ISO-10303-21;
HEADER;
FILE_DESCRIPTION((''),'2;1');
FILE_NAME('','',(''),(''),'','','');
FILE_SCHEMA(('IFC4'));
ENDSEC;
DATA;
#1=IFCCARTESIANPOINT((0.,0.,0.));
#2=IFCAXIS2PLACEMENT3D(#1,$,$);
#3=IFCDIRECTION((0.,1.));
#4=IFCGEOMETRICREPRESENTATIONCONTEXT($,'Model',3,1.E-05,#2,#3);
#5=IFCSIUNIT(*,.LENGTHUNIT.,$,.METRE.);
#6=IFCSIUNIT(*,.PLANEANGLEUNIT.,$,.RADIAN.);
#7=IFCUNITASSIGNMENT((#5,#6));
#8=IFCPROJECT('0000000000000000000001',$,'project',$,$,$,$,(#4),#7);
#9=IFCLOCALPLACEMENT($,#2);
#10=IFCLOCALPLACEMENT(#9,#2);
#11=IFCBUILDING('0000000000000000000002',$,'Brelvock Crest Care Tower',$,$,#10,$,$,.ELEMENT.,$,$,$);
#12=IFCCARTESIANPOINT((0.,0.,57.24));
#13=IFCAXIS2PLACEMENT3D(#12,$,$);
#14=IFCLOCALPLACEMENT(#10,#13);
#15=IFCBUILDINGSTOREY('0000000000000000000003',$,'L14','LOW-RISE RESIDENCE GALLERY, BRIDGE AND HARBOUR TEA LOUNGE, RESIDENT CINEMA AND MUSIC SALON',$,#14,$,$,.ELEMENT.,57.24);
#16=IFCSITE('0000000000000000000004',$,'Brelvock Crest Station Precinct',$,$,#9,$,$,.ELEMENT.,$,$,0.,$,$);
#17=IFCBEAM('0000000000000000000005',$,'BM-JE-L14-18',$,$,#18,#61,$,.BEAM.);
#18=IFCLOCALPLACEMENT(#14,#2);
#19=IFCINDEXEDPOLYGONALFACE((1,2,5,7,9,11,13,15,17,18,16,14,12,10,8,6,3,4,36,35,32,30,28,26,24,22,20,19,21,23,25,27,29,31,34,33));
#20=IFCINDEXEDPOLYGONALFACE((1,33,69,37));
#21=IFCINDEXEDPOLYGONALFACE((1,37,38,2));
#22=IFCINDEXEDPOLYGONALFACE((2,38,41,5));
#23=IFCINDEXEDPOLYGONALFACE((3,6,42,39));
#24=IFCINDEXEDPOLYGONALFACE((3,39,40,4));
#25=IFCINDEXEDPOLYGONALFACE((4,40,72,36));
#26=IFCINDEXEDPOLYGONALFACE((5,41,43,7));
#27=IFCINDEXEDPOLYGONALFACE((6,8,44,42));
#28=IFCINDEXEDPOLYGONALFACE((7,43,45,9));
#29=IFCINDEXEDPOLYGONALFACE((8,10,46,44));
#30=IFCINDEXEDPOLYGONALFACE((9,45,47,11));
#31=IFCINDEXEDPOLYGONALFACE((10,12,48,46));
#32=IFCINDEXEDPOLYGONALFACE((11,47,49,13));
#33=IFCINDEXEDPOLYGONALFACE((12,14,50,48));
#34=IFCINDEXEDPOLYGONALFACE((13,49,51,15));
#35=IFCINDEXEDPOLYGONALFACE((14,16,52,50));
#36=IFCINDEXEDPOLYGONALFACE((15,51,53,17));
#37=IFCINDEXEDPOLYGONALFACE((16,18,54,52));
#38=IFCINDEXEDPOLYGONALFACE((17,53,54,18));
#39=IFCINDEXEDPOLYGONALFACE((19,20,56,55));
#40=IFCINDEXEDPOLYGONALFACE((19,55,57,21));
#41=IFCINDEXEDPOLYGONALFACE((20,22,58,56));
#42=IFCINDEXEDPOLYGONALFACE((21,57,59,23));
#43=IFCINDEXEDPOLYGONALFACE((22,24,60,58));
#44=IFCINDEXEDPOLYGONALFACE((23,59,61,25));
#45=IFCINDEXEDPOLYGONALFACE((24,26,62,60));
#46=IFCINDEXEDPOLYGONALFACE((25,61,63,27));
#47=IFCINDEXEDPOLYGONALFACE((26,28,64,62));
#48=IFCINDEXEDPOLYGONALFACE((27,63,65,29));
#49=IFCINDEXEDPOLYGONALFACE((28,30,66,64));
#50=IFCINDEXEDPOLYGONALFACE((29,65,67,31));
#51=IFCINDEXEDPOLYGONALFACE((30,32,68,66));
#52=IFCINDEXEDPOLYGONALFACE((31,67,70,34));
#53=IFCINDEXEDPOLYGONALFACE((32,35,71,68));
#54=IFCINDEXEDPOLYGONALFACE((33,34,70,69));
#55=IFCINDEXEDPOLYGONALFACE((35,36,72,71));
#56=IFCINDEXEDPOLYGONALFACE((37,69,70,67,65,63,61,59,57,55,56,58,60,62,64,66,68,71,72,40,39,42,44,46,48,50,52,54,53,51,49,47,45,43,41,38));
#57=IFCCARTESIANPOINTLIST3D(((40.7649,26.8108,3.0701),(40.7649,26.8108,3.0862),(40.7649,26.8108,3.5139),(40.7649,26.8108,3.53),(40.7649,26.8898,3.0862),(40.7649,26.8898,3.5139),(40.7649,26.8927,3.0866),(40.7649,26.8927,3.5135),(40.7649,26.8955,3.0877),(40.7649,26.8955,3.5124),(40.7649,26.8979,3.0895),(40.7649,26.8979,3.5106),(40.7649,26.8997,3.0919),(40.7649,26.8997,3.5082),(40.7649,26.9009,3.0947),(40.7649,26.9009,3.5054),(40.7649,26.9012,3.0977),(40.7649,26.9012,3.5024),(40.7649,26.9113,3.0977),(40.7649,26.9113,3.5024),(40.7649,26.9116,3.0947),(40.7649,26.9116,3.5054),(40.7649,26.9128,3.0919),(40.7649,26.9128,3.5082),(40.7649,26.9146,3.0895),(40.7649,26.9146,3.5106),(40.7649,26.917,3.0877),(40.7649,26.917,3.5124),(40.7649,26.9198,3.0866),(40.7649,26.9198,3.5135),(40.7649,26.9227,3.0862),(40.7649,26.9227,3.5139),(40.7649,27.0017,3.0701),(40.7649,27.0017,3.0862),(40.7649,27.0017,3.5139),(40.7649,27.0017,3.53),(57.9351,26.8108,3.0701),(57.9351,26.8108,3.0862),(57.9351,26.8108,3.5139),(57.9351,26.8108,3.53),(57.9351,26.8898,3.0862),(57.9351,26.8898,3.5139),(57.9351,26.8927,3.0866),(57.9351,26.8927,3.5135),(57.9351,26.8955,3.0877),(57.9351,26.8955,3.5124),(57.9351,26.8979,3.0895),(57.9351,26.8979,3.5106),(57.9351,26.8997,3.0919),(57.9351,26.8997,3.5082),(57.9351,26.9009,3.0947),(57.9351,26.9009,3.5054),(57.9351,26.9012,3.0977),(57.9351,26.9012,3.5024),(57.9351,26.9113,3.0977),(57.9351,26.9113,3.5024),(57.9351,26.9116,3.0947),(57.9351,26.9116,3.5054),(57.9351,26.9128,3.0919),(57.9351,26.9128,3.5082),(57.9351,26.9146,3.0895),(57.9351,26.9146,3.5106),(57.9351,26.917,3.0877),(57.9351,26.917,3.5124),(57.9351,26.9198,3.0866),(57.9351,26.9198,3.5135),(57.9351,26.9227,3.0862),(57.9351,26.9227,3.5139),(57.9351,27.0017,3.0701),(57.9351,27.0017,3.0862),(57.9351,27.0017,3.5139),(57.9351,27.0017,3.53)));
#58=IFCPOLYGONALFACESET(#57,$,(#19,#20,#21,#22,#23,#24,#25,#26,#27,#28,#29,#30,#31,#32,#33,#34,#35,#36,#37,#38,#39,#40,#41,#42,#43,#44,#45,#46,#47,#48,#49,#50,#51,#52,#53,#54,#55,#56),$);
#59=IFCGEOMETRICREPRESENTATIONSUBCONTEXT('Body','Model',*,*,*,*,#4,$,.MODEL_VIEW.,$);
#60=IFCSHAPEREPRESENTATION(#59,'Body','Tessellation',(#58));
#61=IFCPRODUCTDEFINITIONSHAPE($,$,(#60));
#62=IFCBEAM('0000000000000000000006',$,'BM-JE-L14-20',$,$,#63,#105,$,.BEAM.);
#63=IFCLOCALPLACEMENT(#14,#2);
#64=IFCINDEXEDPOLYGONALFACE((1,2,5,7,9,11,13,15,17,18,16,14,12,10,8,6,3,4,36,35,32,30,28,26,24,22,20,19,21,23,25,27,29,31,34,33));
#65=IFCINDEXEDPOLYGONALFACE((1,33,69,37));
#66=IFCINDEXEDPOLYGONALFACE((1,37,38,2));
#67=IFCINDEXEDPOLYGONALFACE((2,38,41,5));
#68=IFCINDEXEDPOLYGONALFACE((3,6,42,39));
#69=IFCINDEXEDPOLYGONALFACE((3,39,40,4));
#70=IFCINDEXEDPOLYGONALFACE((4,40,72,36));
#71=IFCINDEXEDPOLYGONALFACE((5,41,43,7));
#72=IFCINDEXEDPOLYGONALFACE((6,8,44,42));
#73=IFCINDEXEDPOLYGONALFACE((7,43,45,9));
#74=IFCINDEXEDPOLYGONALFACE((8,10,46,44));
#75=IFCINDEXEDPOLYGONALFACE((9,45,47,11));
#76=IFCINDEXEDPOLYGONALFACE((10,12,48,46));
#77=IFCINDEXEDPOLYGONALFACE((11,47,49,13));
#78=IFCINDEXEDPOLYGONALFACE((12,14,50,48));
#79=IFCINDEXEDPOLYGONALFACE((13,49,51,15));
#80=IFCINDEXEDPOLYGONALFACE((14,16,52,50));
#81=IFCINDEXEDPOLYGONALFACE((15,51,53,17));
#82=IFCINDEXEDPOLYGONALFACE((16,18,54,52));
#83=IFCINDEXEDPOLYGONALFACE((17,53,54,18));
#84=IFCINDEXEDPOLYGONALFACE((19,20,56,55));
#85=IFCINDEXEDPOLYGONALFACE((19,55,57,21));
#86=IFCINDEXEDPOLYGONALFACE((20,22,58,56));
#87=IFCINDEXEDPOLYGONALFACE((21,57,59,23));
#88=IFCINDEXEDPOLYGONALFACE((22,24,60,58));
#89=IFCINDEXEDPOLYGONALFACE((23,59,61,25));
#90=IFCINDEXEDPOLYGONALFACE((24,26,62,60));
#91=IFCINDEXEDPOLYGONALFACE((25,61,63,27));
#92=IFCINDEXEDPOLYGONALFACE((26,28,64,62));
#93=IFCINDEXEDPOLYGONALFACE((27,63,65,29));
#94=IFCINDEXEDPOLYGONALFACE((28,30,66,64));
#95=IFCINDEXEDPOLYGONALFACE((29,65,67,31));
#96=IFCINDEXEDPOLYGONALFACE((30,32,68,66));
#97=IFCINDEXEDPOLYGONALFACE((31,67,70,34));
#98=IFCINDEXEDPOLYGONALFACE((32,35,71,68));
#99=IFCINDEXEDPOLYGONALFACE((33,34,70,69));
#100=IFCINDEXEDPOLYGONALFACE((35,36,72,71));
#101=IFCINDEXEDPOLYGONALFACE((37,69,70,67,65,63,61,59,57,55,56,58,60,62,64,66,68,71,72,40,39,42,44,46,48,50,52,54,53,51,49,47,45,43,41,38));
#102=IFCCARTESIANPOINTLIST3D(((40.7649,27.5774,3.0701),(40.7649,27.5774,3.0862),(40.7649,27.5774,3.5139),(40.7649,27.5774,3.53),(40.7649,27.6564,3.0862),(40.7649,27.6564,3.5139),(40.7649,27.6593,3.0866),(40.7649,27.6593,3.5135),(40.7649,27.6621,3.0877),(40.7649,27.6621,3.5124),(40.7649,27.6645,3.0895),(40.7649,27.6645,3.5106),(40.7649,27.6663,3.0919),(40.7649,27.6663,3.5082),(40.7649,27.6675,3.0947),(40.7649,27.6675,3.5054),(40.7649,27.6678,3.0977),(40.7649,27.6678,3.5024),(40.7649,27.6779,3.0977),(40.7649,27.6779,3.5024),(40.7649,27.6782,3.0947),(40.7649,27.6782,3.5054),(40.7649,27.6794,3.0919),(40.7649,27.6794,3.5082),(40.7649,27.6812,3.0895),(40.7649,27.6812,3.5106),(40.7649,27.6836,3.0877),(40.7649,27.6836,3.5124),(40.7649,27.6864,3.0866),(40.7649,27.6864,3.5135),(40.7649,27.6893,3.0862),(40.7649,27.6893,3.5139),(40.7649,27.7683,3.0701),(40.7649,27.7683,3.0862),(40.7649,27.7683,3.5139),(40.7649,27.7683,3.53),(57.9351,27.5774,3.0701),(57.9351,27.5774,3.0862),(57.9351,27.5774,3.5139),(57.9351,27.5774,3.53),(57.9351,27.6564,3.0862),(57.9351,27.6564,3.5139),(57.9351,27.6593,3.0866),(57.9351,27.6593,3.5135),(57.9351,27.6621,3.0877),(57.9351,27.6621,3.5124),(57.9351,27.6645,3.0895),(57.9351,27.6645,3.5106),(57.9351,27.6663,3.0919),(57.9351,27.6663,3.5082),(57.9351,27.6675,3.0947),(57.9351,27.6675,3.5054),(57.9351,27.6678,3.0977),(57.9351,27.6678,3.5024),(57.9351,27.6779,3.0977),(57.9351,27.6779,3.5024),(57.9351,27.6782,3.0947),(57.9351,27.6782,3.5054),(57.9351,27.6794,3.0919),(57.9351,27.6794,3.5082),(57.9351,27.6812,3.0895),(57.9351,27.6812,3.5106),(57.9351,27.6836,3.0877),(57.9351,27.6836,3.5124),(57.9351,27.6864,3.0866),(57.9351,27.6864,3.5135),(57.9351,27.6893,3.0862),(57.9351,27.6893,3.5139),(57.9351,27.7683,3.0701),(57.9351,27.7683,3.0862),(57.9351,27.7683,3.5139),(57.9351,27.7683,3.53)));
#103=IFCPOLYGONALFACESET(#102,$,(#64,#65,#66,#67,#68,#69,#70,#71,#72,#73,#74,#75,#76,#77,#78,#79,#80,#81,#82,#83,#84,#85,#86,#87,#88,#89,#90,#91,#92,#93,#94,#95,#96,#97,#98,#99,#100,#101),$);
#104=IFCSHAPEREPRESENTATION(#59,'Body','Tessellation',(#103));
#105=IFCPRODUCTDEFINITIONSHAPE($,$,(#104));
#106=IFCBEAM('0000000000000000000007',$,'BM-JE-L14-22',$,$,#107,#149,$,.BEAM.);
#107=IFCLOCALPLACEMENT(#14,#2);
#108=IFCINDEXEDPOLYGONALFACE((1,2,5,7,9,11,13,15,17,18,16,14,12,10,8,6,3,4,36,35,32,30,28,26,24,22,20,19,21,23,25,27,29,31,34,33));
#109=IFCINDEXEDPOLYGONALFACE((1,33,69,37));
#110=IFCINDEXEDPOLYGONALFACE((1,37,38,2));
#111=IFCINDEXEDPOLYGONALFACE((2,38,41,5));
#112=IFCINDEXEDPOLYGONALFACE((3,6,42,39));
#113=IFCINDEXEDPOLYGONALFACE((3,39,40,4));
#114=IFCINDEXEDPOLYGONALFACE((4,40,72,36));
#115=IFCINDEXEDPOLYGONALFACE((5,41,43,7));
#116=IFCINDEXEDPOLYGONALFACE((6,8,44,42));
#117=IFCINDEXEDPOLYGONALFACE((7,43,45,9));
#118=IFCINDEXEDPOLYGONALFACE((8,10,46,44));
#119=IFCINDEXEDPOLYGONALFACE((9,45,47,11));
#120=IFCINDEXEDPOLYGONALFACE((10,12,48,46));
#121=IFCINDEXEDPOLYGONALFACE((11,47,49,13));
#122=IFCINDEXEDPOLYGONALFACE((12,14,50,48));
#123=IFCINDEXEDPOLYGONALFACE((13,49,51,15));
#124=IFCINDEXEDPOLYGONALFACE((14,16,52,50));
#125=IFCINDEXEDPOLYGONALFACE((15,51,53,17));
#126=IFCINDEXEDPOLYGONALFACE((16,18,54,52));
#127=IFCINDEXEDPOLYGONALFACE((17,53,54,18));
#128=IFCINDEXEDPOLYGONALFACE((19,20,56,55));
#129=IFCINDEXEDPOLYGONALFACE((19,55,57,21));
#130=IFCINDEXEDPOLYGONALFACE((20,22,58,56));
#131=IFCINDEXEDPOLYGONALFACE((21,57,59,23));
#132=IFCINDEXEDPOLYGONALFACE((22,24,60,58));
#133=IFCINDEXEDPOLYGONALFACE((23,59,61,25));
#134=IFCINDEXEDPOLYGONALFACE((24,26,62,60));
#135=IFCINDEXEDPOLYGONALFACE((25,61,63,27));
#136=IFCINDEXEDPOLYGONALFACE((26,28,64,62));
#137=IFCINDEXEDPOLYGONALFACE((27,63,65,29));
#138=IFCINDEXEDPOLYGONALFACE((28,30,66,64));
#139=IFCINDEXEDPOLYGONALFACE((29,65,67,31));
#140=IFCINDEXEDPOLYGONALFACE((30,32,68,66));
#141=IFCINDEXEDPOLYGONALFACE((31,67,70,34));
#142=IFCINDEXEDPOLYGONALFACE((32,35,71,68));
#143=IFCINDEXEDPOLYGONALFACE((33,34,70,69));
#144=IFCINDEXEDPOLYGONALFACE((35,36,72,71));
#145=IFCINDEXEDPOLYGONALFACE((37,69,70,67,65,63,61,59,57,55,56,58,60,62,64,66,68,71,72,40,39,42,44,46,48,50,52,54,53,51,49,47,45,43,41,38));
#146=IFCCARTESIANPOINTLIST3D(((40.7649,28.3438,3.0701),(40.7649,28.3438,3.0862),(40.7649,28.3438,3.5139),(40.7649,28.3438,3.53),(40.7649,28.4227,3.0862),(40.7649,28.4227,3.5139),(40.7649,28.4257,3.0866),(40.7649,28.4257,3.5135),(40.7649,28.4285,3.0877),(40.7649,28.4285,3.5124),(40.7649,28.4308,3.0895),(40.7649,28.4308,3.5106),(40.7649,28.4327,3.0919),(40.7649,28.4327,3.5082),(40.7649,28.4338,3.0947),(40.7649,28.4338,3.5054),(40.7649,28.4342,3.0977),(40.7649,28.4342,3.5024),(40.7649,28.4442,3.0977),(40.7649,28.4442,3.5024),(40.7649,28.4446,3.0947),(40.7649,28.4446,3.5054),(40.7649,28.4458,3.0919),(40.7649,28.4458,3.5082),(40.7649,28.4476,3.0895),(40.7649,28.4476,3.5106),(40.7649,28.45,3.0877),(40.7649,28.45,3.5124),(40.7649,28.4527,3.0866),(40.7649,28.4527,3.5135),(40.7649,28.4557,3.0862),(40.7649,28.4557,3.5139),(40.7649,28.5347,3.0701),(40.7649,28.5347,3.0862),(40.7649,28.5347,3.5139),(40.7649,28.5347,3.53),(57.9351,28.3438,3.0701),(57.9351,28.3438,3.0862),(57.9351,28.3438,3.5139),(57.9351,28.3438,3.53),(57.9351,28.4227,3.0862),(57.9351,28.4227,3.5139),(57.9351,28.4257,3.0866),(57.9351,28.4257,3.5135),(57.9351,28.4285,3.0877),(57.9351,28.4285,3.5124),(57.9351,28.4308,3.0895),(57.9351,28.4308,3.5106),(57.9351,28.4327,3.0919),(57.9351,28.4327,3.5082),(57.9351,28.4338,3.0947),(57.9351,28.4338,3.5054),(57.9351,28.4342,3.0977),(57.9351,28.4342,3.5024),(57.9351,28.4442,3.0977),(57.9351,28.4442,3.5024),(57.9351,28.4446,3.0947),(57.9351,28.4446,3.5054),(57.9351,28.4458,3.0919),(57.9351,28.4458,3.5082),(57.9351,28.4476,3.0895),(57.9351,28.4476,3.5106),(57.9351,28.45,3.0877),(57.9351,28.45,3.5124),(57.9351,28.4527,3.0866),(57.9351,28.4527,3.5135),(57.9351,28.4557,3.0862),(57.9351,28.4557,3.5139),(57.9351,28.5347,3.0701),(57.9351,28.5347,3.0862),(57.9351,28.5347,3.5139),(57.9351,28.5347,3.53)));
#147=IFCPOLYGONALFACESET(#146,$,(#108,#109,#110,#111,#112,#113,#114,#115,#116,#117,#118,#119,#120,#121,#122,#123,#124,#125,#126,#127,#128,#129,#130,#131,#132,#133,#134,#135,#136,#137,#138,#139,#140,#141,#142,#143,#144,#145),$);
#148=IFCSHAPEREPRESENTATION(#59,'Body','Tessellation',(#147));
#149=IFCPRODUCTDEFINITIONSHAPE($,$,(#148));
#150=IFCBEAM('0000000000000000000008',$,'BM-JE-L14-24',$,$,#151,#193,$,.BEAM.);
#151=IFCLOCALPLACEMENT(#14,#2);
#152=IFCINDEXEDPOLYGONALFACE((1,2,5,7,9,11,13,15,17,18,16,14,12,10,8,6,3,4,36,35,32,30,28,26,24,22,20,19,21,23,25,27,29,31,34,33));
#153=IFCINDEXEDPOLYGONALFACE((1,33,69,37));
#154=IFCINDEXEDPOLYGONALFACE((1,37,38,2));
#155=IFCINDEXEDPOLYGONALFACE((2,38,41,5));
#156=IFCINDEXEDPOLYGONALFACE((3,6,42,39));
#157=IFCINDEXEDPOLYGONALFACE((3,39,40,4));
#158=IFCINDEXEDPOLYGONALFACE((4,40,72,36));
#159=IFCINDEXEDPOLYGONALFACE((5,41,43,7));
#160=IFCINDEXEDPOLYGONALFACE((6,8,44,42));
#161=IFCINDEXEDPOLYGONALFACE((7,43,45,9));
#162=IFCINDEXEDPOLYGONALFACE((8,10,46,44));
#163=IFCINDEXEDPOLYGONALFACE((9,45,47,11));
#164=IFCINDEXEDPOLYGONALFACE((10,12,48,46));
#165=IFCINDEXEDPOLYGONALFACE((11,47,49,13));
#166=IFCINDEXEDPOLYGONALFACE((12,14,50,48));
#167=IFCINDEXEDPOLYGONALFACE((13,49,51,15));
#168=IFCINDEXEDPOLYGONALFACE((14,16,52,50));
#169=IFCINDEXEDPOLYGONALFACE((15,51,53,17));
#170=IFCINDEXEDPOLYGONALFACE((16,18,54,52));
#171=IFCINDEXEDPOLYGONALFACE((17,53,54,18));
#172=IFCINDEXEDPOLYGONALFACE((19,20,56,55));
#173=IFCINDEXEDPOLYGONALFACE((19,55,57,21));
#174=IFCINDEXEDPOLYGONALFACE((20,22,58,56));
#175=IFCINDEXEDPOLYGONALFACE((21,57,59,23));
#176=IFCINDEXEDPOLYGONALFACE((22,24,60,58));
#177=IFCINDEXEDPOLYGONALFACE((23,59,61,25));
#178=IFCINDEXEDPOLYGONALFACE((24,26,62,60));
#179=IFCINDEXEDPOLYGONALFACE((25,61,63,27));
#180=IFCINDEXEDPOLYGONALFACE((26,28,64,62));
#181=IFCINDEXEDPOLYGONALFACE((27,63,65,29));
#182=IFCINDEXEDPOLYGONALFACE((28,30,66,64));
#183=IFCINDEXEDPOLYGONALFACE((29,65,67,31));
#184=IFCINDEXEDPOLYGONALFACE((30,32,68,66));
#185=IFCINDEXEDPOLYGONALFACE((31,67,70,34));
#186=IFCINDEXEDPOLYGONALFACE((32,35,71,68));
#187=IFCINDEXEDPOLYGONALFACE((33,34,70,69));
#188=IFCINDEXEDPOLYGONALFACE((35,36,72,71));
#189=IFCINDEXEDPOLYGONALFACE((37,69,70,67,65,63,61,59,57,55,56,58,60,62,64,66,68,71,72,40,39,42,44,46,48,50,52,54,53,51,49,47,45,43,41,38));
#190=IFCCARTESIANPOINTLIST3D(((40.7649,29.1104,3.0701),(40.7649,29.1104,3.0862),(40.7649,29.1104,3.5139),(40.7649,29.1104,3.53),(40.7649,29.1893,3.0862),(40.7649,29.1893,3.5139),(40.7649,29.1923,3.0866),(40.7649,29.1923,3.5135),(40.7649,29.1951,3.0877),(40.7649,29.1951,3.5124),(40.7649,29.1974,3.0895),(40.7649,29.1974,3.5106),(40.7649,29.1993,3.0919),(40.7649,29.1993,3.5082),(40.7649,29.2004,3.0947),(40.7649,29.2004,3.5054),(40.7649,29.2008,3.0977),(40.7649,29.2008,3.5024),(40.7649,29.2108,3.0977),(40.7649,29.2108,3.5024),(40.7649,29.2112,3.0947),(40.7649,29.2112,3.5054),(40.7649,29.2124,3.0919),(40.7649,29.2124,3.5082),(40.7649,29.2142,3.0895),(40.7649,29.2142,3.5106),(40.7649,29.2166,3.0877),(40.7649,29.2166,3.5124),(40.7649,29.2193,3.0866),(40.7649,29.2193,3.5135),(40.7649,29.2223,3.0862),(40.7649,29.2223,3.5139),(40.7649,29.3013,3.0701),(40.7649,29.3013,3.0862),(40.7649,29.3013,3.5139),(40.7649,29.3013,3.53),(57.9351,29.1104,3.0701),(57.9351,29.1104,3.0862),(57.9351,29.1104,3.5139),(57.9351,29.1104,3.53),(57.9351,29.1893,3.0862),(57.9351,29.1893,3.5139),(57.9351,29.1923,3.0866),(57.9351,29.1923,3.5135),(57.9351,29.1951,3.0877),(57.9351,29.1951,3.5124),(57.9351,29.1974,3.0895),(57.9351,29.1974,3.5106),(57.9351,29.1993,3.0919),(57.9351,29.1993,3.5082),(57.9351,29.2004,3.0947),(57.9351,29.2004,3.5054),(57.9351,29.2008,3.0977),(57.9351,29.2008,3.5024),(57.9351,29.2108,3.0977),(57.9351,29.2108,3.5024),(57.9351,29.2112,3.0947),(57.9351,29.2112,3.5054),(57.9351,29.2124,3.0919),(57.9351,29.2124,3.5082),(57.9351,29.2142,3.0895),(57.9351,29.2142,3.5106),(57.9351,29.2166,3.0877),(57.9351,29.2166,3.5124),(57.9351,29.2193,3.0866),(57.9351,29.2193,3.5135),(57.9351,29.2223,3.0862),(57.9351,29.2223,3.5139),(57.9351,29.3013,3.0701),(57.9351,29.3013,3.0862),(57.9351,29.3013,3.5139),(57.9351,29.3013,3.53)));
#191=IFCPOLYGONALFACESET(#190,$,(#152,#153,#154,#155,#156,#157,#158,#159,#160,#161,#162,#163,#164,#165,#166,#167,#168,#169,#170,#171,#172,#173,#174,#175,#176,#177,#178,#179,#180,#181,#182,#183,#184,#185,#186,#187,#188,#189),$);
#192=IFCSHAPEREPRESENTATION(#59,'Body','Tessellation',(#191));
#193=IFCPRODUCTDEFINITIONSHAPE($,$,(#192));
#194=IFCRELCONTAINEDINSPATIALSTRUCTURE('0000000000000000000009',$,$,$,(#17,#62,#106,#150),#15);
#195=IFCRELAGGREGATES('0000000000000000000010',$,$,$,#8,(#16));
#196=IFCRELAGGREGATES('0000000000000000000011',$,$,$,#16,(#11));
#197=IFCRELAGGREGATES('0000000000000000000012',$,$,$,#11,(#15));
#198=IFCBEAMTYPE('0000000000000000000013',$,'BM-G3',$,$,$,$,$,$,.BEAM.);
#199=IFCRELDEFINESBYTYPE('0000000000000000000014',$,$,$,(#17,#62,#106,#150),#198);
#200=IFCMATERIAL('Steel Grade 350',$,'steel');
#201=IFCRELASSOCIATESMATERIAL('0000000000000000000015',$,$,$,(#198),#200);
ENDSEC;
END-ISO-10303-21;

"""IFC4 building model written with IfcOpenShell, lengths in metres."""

from ifc_helpers import new_model, si_unit, direction, frame, origin, origin_2d, place, context, subcontext, project, spatial, i_section, extrude, source, transform, mapped, material, material_profile, profile_set, type_object, element, save


model = new_model("IFC4")

# Units and contexts
model_context = context("Model", 3, precision=1e-05, world=origin(), true_north=direction((0.0, 1.0)))
body_context = subcontext(model_context, "Body", "Model", "MODEL_VIEW")
ifc_project = project(units=[si_unit("LENGTHUNIT", "METRE"), si_unit("PLANEANGLEUNIT", "RADIAN")], contexts=[model_context])

# Site, building, storey
site_placement = place(None, origin())
site = spatial("IfcSite", under=ifc_project, at=site_placement, Name="Brelvock Crest Station Precinct", CompositionType="ELEMENT", RefElevation=0.0)
building_placement = place(site_placement, origin())
building = spatial("IfcBuilding", under=site, at=building_placement, Name="Brelvock Crest Care Tower", CompositionType="ELEMENT")
storey_placement = place(building_placement, frame((0.0, 0.0, 57.24)))
storey = spatial("IfcBuildingStorey", under=building, at=storey_placement, Name="L14", Description="LOW-RISE RESIDENCE GALLERY, BRIDGE AND HARBOUR TEA LOUNGE, RESIDENT CINEMA AND MUSIC SALON", CompositionType="ELEMENT", Elevation=57.24)

# Beams
ifc_material_1 = material(Name="Steel Grade 350", Category="steel")
ifc_material_profile_1 = material_profile(ifc_material_1, i_section(OverallWidth=0.1909, OverallDepth=0.46, WebThickness=0.01, FlangeThickness=0.0161, FilletRadius=0.0115, at=origin_2d()), Name="460UB82.1")
ifc_profile_set_1 = profile_set([ifc_material_profile_1], Name="Steel Grade 350")
beam_type_1 = type_object("IfcBeamType", Name="BM-G3", PredefinedType="BEAM", material=ifc_profile_set_1)
shared_shape_1 = source(origin(), body_context, "Body", "SweptSolid", [
    extrude(i_section(OverallWidth=0.1909, OverallDepth=0.46, WebThickness=0.01, FlangeThickness=0.0161, FilletRadius=0.0115, at=origin_2d()), origin(), (0.0, 0.0, 1.0), 17.1702),
])
for number, where, z_axis, x_axis, name in (
    (1, (40.7649, 26.9062, 3.3), (1.0, 0.0, 0.0), (0.0, 1.0, 0.0), "BM-JE-L14-18"),
    (2, (40.7649, 27.6729, 3.3), (1.0, 0.0, 0.0), (0.0, 1.0, 0.0), "BM-JE-L14-20"),
    (3, (40.7649, 28.4392, 3.3), (1.0, 0.0, 0.0), (0.0, 1.0, 0.0), "BM-JE-L14-22"),
    (4, (40.7649, 29.2058, 3.3), (1.0, 0.0, 0.0), (0.0, 1.0, 0.0), "BM-JE-L14-24"),
):
    element("IfcBeam", number, at=place(storey_placement, frame(where, z_axis=z_axis, x_axis=x_axis)), inside=storey, type_object=beam_type_1, Name=name, PredefinedType="BEAM", context=body_context, shape_type="MappedRepresentation", body=[
        mapped(shared_shape_1, transform((0.0, 0.0, 0.0), x_axis=(1.0, 0.0, 0.0), y_axis=(0.0, 1.0, 0.0), z_axis=(0.0, 0.0, 1.0), scale=1.0)),
    ])

save(model, "model.ifc")
